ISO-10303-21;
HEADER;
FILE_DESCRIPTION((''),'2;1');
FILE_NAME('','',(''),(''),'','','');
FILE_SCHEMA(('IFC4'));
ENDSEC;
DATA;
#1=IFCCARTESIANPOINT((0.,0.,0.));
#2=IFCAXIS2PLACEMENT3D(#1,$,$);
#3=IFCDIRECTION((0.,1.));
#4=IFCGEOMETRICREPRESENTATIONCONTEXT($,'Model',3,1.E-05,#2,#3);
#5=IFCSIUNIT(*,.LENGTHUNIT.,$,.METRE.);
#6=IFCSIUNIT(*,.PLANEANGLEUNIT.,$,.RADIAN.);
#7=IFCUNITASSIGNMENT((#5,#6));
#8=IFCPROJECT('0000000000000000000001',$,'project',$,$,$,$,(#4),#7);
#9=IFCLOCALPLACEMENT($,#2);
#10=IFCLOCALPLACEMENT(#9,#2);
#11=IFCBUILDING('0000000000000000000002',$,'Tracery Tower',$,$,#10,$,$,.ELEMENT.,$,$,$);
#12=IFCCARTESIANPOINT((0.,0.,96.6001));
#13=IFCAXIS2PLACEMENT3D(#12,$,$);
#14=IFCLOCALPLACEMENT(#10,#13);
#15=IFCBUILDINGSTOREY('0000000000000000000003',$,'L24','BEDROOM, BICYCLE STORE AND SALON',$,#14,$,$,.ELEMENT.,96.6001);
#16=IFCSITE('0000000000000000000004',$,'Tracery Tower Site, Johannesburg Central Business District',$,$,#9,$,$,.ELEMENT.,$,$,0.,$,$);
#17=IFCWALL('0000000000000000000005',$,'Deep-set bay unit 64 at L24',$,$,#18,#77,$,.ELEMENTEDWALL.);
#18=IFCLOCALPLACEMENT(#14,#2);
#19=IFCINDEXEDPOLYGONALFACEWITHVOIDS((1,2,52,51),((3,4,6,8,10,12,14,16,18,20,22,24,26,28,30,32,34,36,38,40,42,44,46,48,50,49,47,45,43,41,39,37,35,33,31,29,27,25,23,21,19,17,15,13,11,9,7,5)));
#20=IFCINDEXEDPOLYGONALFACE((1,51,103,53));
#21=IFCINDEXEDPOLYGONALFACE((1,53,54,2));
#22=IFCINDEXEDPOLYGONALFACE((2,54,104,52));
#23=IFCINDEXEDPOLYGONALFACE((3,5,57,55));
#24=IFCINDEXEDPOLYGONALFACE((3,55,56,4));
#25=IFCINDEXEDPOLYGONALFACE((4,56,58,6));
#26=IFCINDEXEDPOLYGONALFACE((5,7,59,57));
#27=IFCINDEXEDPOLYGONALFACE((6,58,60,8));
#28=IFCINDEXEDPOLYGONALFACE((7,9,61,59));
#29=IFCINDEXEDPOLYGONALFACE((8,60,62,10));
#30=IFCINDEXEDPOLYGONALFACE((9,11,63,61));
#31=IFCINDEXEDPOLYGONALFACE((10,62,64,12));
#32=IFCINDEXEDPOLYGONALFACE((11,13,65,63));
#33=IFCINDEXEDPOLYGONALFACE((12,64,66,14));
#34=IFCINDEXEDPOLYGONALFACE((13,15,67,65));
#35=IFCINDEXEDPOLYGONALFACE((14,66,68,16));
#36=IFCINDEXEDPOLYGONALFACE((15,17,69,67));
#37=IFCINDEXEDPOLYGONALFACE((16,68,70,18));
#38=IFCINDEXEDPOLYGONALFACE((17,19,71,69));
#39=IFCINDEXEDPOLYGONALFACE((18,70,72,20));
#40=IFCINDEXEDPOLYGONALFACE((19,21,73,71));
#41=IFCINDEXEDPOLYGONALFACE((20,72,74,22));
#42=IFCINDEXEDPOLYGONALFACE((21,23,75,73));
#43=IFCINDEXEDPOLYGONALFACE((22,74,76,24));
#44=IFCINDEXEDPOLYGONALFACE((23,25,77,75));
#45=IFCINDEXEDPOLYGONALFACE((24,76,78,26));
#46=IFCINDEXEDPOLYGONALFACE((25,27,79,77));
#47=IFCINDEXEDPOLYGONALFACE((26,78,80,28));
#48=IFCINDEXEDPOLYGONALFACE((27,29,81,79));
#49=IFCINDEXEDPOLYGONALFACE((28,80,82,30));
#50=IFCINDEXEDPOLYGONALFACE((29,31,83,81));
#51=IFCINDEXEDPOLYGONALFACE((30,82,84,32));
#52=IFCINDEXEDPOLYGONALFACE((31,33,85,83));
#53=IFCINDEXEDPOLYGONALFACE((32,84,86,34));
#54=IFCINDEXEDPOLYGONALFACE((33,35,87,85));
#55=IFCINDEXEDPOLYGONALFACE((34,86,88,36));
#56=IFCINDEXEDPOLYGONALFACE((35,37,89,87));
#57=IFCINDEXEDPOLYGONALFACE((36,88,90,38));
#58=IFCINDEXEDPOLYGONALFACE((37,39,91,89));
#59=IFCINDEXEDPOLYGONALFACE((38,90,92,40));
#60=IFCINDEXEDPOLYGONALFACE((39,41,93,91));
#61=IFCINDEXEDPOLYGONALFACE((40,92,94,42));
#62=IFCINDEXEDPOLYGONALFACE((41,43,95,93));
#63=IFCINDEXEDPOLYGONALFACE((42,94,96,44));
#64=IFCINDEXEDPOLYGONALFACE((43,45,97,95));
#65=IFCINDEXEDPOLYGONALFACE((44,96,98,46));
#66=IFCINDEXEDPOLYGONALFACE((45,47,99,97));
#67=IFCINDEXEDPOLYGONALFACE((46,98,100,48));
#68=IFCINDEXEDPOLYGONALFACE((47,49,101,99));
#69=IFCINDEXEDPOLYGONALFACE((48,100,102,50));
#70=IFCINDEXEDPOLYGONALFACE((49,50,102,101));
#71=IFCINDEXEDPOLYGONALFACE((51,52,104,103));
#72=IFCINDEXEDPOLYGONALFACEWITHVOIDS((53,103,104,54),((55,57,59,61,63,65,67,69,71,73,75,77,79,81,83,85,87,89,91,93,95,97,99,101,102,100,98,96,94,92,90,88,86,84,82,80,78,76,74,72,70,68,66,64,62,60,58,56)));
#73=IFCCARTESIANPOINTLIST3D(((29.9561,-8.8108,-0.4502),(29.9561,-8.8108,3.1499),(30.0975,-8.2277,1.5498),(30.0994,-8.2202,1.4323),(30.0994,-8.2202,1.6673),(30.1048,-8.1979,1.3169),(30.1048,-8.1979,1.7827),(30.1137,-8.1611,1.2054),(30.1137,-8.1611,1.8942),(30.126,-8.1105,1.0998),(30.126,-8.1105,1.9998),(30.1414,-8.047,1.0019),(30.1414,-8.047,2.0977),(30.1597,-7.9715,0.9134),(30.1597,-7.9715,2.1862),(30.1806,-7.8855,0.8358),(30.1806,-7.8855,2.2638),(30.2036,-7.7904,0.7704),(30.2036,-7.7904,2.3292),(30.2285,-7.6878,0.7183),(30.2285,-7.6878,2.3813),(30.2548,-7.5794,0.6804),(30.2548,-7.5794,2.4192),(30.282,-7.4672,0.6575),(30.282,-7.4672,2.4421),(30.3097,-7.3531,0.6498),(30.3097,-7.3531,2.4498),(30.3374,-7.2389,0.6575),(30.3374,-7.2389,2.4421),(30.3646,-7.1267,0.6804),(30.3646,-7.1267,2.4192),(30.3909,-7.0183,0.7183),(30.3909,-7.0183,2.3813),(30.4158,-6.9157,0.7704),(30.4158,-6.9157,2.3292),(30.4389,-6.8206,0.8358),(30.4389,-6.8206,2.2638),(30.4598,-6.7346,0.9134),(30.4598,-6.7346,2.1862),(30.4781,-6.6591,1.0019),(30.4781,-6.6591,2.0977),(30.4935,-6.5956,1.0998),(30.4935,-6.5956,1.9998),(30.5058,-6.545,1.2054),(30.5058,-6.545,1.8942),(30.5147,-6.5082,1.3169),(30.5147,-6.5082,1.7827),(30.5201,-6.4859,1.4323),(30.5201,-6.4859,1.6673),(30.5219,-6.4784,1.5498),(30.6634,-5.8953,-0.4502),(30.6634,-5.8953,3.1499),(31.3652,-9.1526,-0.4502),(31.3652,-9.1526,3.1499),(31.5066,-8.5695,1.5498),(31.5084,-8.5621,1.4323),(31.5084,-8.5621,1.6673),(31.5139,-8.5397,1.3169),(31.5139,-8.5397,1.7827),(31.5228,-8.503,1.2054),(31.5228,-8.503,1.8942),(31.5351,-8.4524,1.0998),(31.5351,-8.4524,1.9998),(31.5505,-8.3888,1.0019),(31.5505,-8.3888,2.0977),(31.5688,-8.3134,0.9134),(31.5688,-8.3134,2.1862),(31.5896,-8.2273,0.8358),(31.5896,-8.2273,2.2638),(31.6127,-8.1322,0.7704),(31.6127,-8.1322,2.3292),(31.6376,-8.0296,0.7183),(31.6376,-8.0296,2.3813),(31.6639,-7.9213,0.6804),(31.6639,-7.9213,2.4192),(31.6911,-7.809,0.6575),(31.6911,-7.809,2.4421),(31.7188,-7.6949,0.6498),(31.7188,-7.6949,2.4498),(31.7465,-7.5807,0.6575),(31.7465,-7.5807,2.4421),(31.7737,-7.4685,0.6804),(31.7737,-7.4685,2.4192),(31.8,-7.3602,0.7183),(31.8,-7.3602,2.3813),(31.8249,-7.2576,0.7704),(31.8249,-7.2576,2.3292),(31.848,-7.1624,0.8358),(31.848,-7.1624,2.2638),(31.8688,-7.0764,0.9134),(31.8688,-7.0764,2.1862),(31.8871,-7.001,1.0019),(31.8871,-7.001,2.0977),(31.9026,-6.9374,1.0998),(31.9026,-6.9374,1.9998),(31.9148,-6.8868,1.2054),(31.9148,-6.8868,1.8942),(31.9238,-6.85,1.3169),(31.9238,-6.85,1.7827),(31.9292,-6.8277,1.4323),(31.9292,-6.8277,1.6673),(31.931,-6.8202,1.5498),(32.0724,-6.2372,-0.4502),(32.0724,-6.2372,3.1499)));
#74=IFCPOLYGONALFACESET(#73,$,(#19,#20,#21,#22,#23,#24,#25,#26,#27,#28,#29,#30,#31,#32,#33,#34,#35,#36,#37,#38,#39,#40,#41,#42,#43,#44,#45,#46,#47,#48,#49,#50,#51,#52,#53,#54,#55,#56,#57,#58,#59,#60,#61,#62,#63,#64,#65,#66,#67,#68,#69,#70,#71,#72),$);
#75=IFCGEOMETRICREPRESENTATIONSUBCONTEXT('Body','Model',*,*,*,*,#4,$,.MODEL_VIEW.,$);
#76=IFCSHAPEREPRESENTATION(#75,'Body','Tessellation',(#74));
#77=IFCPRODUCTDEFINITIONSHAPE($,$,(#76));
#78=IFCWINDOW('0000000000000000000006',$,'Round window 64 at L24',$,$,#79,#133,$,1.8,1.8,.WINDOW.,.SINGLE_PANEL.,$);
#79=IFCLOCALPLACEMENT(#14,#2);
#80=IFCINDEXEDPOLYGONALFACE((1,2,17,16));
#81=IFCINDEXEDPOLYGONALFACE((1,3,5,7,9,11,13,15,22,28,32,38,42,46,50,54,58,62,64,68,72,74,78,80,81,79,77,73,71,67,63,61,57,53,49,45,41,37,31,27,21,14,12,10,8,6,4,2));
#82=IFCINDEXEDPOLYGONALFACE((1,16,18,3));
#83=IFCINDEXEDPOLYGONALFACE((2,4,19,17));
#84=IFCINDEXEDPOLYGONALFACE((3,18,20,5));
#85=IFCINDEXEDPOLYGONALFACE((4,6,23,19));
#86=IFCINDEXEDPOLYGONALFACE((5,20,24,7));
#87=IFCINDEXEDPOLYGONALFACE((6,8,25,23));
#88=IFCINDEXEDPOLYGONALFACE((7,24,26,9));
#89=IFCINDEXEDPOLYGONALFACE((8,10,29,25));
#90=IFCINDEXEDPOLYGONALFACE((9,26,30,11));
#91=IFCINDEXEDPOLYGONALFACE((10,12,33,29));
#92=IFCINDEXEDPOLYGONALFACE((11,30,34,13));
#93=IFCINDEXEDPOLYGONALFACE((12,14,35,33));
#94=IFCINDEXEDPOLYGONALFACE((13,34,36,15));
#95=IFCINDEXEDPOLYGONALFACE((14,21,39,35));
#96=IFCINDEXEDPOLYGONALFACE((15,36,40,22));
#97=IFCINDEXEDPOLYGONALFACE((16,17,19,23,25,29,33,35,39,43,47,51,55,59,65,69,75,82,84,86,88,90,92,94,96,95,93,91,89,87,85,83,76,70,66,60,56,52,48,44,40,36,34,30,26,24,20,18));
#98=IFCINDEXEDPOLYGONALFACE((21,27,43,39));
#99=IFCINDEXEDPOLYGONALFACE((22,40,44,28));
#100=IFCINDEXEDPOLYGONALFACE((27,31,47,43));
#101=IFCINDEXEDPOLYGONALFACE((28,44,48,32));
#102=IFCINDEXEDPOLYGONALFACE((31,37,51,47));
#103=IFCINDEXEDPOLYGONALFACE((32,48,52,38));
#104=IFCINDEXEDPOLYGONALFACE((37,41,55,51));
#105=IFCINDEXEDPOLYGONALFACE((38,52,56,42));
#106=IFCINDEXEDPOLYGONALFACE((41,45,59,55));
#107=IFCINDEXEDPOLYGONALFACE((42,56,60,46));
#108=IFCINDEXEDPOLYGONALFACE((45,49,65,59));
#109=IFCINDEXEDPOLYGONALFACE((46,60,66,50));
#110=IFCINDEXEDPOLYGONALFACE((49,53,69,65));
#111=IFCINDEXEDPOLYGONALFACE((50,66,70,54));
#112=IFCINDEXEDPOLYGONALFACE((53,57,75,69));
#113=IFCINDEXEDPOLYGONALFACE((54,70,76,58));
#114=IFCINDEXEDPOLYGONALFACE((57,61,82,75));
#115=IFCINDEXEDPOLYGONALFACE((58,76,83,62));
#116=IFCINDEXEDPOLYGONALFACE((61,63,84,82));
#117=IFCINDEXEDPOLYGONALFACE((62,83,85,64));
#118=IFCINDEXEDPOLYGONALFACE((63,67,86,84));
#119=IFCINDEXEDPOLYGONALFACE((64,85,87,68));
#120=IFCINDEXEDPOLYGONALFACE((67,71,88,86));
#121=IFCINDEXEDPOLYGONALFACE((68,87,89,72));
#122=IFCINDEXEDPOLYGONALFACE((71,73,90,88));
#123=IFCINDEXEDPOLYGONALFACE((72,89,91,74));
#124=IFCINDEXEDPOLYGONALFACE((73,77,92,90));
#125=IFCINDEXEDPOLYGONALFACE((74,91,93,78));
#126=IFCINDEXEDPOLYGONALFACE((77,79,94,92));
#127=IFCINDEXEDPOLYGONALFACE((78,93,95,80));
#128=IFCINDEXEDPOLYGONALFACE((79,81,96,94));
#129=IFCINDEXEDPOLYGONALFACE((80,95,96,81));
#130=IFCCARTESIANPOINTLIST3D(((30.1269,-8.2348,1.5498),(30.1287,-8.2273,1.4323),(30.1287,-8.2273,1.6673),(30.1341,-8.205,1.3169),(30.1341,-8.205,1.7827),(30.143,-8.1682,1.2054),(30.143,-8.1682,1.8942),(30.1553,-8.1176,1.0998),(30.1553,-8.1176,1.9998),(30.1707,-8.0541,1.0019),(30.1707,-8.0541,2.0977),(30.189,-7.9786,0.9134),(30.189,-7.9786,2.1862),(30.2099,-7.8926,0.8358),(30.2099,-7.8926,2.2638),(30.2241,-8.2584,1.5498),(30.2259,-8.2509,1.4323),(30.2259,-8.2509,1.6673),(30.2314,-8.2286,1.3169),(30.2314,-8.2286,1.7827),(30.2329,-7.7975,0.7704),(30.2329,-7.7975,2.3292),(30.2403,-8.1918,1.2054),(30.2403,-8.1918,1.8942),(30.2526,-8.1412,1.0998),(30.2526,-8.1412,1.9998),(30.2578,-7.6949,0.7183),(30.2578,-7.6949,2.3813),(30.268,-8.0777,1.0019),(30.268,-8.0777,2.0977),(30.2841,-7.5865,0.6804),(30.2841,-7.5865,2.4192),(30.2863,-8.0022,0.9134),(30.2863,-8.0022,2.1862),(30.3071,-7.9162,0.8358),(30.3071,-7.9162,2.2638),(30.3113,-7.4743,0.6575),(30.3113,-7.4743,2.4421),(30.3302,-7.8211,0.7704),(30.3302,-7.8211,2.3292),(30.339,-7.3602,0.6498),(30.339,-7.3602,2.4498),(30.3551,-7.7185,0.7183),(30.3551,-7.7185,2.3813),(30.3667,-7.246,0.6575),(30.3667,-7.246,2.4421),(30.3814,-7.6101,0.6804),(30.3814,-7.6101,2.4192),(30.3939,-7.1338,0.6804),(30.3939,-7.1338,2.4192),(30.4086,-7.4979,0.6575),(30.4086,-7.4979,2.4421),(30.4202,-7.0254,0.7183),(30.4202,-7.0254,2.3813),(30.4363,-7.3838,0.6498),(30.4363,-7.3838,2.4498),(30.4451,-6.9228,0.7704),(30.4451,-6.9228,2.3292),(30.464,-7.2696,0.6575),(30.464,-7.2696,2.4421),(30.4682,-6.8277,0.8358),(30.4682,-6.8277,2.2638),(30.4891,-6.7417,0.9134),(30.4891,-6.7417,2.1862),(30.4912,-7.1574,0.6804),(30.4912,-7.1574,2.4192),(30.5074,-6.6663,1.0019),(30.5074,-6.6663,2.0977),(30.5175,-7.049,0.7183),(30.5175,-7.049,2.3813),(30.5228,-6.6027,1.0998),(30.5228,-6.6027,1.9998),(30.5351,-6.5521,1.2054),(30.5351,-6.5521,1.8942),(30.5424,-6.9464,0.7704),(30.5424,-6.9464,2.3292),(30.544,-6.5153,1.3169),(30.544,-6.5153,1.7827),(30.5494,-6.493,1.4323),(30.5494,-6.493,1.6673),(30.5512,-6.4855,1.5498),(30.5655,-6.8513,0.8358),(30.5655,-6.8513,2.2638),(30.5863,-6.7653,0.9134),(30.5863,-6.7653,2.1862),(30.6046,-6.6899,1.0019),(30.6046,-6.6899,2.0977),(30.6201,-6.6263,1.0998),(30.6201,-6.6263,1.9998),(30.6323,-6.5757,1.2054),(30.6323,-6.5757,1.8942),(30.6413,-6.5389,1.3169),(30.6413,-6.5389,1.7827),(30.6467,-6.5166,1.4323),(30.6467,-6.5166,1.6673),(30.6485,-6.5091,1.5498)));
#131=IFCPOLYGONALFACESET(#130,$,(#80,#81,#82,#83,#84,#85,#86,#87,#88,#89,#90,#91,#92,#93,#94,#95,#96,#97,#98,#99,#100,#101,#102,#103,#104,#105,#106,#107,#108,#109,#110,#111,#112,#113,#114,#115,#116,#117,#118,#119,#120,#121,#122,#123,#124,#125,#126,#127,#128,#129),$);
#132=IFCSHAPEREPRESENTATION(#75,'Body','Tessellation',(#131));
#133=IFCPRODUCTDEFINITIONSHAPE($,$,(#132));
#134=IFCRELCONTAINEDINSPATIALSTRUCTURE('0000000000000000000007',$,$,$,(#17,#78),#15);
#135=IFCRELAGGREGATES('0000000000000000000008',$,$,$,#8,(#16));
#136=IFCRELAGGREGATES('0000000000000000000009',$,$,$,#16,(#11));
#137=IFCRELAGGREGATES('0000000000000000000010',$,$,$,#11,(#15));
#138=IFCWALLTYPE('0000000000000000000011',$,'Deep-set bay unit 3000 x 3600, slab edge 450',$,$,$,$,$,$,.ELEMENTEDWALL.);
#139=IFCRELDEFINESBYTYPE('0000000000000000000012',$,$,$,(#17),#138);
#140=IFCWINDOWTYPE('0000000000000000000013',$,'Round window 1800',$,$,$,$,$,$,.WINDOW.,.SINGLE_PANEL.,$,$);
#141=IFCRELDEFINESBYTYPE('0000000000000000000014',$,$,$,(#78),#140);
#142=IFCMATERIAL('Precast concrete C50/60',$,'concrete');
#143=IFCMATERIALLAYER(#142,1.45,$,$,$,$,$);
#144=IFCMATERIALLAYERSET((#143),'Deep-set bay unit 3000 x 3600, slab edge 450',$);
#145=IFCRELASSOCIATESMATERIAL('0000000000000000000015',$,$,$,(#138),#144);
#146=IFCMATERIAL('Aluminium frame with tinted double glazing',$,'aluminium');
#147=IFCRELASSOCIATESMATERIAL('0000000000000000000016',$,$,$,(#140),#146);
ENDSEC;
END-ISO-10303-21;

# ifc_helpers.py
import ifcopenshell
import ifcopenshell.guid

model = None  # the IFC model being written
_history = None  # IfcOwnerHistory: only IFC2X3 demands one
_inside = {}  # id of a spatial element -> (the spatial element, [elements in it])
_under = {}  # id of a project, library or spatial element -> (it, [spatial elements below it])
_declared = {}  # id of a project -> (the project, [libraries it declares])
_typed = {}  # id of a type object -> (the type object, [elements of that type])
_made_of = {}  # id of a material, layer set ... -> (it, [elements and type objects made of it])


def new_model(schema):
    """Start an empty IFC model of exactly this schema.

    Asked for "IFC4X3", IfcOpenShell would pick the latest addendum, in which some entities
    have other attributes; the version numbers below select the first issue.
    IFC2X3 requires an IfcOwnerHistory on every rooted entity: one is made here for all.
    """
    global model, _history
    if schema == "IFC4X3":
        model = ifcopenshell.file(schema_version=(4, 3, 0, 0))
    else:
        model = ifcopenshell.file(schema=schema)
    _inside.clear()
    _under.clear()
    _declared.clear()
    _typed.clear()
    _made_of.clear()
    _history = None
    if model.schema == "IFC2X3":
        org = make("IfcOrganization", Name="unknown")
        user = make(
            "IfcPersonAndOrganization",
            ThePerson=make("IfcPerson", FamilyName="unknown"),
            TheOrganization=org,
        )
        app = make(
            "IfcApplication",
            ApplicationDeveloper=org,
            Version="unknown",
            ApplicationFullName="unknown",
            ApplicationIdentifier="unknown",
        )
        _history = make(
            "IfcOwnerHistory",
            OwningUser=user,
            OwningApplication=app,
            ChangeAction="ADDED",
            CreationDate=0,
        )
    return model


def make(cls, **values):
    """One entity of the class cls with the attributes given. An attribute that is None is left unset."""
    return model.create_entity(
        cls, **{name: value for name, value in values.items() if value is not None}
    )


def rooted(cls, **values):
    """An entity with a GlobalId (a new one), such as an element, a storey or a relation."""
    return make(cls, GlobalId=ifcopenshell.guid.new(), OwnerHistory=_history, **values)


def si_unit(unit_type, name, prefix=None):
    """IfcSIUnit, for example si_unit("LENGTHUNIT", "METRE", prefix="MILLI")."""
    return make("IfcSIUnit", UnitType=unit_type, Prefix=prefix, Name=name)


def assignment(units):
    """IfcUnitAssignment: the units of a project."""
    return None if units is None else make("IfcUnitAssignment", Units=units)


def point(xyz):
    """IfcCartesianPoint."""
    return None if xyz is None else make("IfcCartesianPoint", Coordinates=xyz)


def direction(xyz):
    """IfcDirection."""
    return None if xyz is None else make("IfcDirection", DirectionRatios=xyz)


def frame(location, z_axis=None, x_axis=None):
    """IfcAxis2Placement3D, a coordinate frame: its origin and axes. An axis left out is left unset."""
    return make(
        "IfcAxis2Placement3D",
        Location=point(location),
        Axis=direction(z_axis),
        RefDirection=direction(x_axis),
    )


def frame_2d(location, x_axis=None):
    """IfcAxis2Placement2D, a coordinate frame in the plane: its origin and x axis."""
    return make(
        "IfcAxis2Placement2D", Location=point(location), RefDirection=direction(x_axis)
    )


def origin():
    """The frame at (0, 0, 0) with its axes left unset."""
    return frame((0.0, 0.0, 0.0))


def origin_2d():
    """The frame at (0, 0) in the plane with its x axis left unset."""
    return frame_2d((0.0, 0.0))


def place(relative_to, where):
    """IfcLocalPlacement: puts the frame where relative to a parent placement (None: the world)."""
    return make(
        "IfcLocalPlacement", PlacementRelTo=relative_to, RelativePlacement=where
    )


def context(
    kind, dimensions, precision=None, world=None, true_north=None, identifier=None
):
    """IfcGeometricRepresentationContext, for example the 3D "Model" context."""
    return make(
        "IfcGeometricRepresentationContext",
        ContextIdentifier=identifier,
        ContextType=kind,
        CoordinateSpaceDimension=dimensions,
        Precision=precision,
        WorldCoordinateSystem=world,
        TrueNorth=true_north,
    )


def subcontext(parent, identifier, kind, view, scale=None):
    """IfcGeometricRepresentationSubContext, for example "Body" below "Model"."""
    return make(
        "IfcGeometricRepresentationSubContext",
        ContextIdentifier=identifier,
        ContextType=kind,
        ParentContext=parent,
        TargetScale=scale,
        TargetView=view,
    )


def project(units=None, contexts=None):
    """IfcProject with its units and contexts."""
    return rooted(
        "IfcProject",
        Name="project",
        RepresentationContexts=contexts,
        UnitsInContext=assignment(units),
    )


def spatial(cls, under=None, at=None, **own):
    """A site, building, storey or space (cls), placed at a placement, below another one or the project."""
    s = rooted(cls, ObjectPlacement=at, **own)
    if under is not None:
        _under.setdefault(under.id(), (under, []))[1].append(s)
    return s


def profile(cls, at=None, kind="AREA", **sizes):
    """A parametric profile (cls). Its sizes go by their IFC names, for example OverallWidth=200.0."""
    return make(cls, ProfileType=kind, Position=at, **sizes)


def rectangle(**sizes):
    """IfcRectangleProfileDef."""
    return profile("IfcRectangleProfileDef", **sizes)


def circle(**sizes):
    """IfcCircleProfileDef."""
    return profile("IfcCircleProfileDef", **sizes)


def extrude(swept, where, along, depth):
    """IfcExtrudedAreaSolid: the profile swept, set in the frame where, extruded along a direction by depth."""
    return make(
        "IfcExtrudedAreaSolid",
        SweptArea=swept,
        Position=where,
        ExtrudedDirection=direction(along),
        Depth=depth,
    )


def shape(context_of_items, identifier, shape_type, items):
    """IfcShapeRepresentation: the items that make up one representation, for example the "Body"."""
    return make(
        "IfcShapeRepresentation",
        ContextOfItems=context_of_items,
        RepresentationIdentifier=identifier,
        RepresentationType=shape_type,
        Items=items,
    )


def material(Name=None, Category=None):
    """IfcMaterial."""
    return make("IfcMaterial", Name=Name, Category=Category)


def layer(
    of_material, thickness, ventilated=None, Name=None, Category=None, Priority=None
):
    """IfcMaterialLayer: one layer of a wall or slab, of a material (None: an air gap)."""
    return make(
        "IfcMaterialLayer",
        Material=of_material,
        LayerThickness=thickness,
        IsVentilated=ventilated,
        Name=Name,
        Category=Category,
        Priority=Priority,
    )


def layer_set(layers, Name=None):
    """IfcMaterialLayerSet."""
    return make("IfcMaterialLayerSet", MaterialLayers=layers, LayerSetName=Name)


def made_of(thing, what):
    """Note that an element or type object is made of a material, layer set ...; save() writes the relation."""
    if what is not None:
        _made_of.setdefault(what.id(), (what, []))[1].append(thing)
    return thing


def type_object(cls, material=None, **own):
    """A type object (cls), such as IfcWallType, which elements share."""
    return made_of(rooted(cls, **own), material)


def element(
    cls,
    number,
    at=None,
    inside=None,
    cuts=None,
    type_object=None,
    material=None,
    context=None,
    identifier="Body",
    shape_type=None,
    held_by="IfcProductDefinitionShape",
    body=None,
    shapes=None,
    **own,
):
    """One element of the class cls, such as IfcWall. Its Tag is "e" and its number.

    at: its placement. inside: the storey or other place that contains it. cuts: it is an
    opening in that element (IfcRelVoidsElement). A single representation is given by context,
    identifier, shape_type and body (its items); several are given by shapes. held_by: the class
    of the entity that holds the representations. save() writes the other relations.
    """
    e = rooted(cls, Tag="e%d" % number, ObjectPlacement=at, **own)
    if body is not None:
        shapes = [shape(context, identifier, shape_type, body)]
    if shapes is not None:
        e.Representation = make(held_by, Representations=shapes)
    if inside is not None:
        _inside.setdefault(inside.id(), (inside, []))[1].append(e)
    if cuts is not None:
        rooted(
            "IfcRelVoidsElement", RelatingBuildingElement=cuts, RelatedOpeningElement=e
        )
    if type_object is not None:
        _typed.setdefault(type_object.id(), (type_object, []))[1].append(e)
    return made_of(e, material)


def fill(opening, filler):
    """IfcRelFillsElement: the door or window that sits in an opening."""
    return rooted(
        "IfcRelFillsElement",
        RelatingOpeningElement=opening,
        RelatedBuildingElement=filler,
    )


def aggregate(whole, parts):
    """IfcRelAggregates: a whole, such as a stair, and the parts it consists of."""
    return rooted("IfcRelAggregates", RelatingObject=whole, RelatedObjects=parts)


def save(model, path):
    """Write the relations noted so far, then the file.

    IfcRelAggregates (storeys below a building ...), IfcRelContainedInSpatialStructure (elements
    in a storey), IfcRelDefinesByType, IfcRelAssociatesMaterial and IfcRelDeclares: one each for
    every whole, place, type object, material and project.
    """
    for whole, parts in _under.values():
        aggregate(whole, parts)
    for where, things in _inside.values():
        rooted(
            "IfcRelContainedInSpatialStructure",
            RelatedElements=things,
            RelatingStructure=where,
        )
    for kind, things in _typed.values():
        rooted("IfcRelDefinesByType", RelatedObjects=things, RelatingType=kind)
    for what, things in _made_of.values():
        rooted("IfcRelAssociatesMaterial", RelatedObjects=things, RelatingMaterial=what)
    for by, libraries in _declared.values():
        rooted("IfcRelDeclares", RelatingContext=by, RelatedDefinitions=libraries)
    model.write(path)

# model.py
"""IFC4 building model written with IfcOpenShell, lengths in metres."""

from ifc_helpers import new_model, si_unit, direction, frame, frame_2d, origin, origin_2d, place, context, subcontext, project, spatial, rectangle, circle, extrude, material, layer, layer_set, type_object, element, fill, save


model = new_model("IFC4")

# Units and contexts
model_context = context("Model", 3, precision=1e-05, world=origin(), true_north=direction((0.0, 1.0)))
body_context = subcontext(model_context, "Body", "Model", "MODEL_VIEW")
ifc_project = project(units=[si_unit("LENGTHUNIT", "METRE"), si_unit("PLANEANGLEUNIT", "RADIAN")], contexts=[model_context])

# Site, building, storey
site_placement = place(None, origin())
site = spatial("IfcSite", under=ifc_project, at=site_placement, Name="Tracery Tower Site, Johannesburg Central Business District", CompositionType="ELEMENT", RefElevation=0.0)
building_placement = place(site_placement, origin())
building = spatial("IfcBuilding", under=site, at=building_placement, Name="Tracery Tower", CompositionType="ELEMENT")
storey_placement = place(building_placement, frame((0.0, 0.0, 96.6001)))
storey = spatial("IfcBuildingStorey", under=building, at=storey_placement, Name="L24", Description="BEDROOM, BICYCLE STORE AND SALON", CompositionType="ELEMENT", Elevation=96.6001)

# Wall, opening, window
ifc_material_1 = material(Name="Precast concrete C50/60", Category="concrete")
ifc_layer_1 = layer(ifc_material_1, 1.45)
ifc_layer_set_1 = layer_set([ifc_layer_1], Name="Deep-set bay unit 3000 x 3600, slab edge 450")
wall_type_1 = type_object("IfcWallType", Name="Deep-set bay unit 3000 x 3600, slab edge 450", PredefinedType="ELEMENTEDWALL", material=ifc_layer_set_1)
wall_1_placement = place(storey_placement, frame((30.6606, -8.9817, -0.4502), z_axis=(0.0, 0.0, 1.0), x_axis=(0.235751, 0.971813, 0.0)))
wall_1 = element("IfcWall", 1, at=wall_1_placement, inside=storey, type_object=wall_type_1, Name="Deep-set bay unit 64 at L24", PredefinedType="ELEMENTEDWALL", context=body_context, shape_type="SweptSolid", body=[
    extrude(rectangle(XDim=3.0, YDim=1.45, at=frame_2d((1.5, 0.0))), origin(), (0.0, 0.0, 1.0), 3.6001),
])
opening_1_placement = place(wall_1_placement, frame((1.5, 0.0, 2.0)))
opening_1 = element("IfcOpeningElement", 2, at=opening_1_placement, cuts=wall_1, PredefinedType="OPENING", context=body_context, shape_type="SweptSolid", body=[
    extrude(circle(Radius=0.9, at=origin_2d()), frame((0.0, 0.7349, 0.0), z_axis=(0.0, -1.0, 0.0), x_axis=(1.0, 0.0, 0.0)), (0.0, 0.0, 1.0), 1.47),
])
ifc_material_2 = material(Name="Aluminium frame with tinted double glazing", Category="aluminium")
window_type = type_object("IfcWindowType", Name="Round window 1800", PartitioningType="SINGLE_PANEL", PredefinedType="WINDOW", material=ifc_material_2)
window_1_placement = place(opening_1_placement, origin())
window_1 = element("IfcWindow", 3, at=window_1_placement, inside=storey, type_object=window_type, Name="Round window 64 at L24", OverallHeight=1.8, OverallWidth=1.8, PartitioningType="SINGLE_PANEL", PredefinedType="WINDOW", context=body_context, shape_type="SweptSolid", body=[
    extrude(circle(Radius=0.9, at=origin_2d()), frame((0.0, 0.6948, 0.0), z_axis=(0.0, -1.0, 0.0), x_axis=(1.0, 0.0, 0.0)), (0.0, 0.0, 1.0), 0.1001),
])
fill(opening_1, window_1)

save(model, "model.ifc")
